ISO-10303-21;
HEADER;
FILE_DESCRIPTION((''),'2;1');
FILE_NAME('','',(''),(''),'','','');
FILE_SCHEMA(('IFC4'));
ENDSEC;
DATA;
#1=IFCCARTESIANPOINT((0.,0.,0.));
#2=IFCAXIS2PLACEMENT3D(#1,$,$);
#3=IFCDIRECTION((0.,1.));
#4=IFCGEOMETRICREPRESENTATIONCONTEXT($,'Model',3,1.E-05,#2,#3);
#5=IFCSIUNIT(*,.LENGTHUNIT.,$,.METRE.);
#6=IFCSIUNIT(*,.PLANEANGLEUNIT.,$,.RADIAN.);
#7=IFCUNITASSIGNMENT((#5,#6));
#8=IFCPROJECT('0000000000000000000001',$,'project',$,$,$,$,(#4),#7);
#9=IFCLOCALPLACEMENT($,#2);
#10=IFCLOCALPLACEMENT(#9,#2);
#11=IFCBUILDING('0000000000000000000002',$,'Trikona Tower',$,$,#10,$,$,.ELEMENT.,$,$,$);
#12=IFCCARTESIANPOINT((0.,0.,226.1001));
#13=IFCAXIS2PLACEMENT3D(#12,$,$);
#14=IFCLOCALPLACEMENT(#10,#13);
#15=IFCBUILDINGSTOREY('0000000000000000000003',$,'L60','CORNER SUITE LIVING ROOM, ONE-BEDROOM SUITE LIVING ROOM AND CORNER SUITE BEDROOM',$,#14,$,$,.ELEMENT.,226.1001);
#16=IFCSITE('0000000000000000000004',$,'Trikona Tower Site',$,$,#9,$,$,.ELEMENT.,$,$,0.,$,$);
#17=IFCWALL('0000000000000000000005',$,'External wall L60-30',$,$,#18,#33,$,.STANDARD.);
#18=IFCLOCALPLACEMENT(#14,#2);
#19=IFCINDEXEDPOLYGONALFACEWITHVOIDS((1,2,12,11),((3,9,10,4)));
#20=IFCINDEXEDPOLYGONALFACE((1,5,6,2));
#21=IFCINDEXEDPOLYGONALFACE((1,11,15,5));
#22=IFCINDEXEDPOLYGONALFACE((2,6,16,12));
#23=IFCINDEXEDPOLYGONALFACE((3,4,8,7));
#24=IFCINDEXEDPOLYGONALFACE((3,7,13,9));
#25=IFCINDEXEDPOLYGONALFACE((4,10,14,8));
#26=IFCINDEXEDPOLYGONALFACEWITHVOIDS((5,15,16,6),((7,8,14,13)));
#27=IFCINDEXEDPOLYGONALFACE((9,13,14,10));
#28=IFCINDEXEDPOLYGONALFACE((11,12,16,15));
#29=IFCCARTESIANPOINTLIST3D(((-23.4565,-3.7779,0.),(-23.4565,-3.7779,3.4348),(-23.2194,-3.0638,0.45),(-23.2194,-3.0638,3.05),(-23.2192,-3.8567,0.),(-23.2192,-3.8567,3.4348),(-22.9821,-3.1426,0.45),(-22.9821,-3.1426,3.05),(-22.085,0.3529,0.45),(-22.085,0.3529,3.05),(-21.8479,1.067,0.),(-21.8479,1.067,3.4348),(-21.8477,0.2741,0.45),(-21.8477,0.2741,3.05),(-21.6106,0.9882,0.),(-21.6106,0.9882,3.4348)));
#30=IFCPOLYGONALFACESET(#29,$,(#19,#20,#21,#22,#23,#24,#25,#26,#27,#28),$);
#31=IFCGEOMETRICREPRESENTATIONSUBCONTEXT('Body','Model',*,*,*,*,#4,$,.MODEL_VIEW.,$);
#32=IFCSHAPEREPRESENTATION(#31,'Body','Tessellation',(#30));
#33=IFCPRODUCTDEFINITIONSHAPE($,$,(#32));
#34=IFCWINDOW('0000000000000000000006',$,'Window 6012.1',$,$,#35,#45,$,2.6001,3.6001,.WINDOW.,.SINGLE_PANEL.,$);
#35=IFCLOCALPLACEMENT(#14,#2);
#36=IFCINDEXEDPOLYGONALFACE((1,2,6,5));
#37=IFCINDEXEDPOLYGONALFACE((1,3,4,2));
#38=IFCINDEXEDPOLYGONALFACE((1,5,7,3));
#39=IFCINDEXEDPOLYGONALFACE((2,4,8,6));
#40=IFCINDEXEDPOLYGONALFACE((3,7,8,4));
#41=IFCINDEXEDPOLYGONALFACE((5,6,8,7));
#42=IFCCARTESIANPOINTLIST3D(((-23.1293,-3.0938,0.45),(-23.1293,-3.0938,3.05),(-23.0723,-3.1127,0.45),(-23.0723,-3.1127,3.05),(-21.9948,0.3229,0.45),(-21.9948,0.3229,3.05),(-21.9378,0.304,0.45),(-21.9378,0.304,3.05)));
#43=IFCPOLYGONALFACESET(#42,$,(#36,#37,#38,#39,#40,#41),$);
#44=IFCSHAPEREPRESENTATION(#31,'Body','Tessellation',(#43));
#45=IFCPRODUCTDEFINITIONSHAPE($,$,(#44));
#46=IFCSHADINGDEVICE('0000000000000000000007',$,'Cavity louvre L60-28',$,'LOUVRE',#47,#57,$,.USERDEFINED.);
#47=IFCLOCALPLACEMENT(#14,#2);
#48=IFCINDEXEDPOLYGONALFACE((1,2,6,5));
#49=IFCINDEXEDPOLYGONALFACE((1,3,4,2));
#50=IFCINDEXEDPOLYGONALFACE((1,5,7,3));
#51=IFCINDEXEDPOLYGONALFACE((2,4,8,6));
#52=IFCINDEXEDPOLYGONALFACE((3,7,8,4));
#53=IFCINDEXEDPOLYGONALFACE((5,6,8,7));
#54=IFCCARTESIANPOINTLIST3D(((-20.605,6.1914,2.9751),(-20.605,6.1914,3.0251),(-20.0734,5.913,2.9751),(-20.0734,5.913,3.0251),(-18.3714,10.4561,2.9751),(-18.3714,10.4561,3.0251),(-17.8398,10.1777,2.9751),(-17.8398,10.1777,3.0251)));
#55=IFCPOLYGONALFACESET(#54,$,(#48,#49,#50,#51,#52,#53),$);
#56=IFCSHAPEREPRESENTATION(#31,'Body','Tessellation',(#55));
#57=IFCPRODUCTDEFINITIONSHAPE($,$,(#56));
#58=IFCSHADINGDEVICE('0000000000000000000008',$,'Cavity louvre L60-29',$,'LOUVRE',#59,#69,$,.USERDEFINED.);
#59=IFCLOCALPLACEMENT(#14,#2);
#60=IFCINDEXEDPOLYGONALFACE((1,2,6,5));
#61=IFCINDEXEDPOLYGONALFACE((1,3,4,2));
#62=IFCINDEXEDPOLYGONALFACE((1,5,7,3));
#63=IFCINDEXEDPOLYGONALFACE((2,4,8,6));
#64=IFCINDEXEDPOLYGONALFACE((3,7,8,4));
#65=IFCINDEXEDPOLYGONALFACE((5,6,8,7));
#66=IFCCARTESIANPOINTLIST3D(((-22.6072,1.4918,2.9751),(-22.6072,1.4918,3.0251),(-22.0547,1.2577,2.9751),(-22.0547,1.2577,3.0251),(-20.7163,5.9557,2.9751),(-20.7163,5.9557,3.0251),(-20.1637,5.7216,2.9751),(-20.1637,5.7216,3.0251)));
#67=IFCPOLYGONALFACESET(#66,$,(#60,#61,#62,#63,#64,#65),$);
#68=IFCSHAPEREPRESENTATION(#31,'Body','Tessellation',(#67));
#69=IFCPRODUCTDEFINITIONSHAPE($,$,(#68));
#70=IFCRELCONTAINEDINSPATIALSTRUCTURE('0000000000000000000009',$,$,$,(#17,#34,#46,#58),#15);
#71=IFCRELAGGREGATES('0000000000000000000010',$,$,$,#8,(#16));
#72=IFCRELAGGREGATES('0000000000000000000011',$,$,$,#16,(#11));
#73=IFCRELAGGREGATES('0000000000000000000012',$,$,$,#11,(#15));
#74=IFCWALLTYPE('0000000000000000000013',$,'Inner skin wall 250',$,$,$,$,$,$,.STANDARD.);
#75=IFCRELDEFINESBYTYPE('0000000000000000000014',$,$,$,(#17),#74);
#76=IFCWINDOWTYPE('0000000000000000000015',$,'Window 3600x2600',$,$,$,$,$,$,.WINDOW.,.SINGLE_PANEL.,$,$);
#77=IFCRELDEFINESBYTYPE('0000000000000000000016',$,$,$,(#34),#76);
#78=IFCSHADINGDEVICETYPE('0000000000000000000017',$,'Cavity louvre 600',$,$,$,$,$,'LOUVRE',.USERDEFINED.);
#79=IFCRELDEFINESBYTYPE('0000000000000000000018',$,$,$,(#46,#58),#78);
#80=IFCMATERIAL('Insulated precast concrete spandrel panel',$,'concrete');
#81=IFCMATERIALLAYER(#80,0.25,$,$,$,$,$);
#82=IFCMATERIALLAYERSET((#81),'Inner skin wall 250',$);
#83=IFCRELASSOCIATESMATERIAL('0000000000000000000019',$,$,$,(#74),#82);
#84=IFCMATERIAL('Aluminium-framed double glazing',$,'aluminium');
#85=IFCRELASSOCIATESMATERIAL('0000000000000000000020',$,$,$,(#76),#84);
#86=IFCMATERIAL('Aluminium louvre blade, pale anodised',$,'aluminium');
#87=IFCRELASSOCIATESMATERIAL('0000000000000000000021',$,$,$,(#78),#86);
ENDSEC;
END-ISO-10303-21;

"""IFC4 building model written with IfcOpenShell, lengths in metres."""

from ifc_helpers import new_model, si_unit, direction, frame, frame_2d, origin, origin_2d, place, context, subcontext, project, spatial, rectangle, extrude, material, layer, layer_set, type_object, element, fill, save


model = new_model("IFC4")

# Units and contexts
model_context = context("Model", 3, precision=1e-05, world=origin(), true_north=direction((0.0, 1.0)))
body_context = subcontext(model_context, "Body", "Model", "MODEL_VIEW")
ifc_project = project(units=[si_unit("LENGTHUNIT", "METRE"), si_unit("PLANEANGLEUNIT", "RADIAN")], contexts=[model_context])

# Site, building, storey
site_placement = place(None, origin())
site = spatial("IfcSite", under=ifc_project, at=site_placement, Name="Trikona Tower Site", CompositionType="ELEMENT", RefElevation=0.0)
building_placement = place(site_placement, origin())
building = spatial("IfcBuilding", under=site, at=building_placement, Name="Trikona Tower", CompositionType="ELEMENT")
storey_placement = place(building_placement, frame((0.0, 0.0, 226.1001)))
storey = spatial("IfcBuildingStorey", under=building, at=storey_placement, Name="L60", Description="CORNER SUITE LIVING ROOM, ONE-BEDROOM SUITE LIVING ROOM AND CORNER SUITE BEDROOM", CompositionType="ELEMENT", Elevation=226.1001)

# Wall, opening, window
ifc_material_1 = material(Name="Insulated precast concrete spandrel panel", Category="concrete")
ifc_layer_1 = layer(ifc_material_1, 0.25)
ifc_layer_set_1 = layer_set([ifc_layer_1], Name="Inner skin wall 250")
wall_type = type_object("IfcWallType", Name="Inner skin wall 250", PredefinedType="STANDARD", material=ifc_layer_set_1)
ifc_material_2 = material(Name="Aluminium-framed double glazing", Category="aluminium")
window_type = type_object("IfcWindowType", Name="Window 3600x2600", PartitioningType="SINGLE_PANEL", PredefinedType="WINDOW", material=ifc_material_2)
wall_1_placement = place(storey_placement, frame((-21.7292, 1.0276, 0.0), z_axis=(0.0, 0.0, 1.0), x_axis=(-0.315108, -0.949056, 0.0)))
wall_1 = element("IfcWall", 1, at=wall_1_placement, inside=storey, type_object=wall_type, Name="External wall L60-30", PredefinedType="STANDARD", context=body_context, shape_type="SweptSolid", body=[
    extrude(rectangle(XDim=5.105, YDim=0.25, at=frame_2d((2.5525, 0.0))), origin(), (0.0, 0.0, 1.0), 3.4348),
])
opening_1_placement = place(wall_1_placement, frame((0.7524, 0.0, 0.45)))
opening_1 = element("IfcOpeningElement", 2, at=opening_1_placement, cuts=wall_1, PredefinedType="OPENING", context=body_context, shape_type="SweptSolid", body=[
    extrude(rectangle(XDim=3.6001, YDim=2.6001, at=frame_2d((1.8, 1.3))), frame((0.0, 0.135, 0.0), z_axis=(0.0, -1.0, 0.0), x_axis=(1.0, 0.0, 0.0)), (0.0, 0.0, 1.0), 0.27),
])
window_1_placement = place(opening_1_placement, origin())
window_1 = element("IfcWindow", 3, at=window_1_placement, inside=storey, type_object=window_type, Name="Window 6012.1", OverallHeight=2.6001, OverallWidth=3.6001, PartitioningType="SINGLE_PANEL", PredefinedType="WINDOW", context=body_context, shape_type="SweptSolid", body=[
    extrude(rectangle(XDim=3.6001, YDim=2.6001, at=frame_2d((1.8, 1.3))), frame((0.0, 0.03, 0.0), z_axis=(0.0, -1.0, 0.0), x_axis=(1.0, 0.0, 0.0)), (0.0, 0.0, 1.0), 0.0601),
])
fill(opening_1, window_1)

# Shading devices
ifc_material_3 = material(Name="Aluminium louvre blade, pale anodised", Category="aluminium")
shading_device_type = type_object("IfcShadingDeviceType", Name="Cavity louvre 600", ElementType="LOUVRE", PredefinedType="USERDEFINED", material=ifc_material_3)
shading_device_1_placement = place(storey_placement, frame((-19.2224, 8.1846, 2.9751), z_axis=(0.0, 0.0, 1.0), x_axis=(-0.463952, -0.88586, 0.0)))
element("IfcShadingDevice", 4, at=shading_device_1_placement, inside=storey, type_object=shading_device_type, Name="Cavity louvre L60-28", ObjectType="LOUVRE", PredefinedType="USERDEFINED", context=body_context, shape_type="SweptSolid", body=[
    extrude(rectangle(XDim=4.8142, YDim=0.6001, at=origin_2d()), origin(), (0.0, 0.0, 1.0), 0.05),
])
shading_device_2_placement = place(storey_placement, frame((-21.3855, 3.6067, 2.9751), z_axis=(0.0, 0.0, 1.0), x_axis=(-0.390051, -0.920793, 0.0)))
element("IfcShadingDevice", 5, at=shading_device_2_placement, inside=storey, type_object=shading_device_type, Name="Cavity louvre L60-29", ObjectType="LOUVRE", PredefinedType="USERDEFINED", context=body_context, shape_type="SweptSolid", body=[
    extrude(rectangle(XDim=4.8479, YDim=0.6001, at=origin_2d()), origin(), (0.0, 0.0, 1.0), 0.05),
])

save(model, "model.ifc")
